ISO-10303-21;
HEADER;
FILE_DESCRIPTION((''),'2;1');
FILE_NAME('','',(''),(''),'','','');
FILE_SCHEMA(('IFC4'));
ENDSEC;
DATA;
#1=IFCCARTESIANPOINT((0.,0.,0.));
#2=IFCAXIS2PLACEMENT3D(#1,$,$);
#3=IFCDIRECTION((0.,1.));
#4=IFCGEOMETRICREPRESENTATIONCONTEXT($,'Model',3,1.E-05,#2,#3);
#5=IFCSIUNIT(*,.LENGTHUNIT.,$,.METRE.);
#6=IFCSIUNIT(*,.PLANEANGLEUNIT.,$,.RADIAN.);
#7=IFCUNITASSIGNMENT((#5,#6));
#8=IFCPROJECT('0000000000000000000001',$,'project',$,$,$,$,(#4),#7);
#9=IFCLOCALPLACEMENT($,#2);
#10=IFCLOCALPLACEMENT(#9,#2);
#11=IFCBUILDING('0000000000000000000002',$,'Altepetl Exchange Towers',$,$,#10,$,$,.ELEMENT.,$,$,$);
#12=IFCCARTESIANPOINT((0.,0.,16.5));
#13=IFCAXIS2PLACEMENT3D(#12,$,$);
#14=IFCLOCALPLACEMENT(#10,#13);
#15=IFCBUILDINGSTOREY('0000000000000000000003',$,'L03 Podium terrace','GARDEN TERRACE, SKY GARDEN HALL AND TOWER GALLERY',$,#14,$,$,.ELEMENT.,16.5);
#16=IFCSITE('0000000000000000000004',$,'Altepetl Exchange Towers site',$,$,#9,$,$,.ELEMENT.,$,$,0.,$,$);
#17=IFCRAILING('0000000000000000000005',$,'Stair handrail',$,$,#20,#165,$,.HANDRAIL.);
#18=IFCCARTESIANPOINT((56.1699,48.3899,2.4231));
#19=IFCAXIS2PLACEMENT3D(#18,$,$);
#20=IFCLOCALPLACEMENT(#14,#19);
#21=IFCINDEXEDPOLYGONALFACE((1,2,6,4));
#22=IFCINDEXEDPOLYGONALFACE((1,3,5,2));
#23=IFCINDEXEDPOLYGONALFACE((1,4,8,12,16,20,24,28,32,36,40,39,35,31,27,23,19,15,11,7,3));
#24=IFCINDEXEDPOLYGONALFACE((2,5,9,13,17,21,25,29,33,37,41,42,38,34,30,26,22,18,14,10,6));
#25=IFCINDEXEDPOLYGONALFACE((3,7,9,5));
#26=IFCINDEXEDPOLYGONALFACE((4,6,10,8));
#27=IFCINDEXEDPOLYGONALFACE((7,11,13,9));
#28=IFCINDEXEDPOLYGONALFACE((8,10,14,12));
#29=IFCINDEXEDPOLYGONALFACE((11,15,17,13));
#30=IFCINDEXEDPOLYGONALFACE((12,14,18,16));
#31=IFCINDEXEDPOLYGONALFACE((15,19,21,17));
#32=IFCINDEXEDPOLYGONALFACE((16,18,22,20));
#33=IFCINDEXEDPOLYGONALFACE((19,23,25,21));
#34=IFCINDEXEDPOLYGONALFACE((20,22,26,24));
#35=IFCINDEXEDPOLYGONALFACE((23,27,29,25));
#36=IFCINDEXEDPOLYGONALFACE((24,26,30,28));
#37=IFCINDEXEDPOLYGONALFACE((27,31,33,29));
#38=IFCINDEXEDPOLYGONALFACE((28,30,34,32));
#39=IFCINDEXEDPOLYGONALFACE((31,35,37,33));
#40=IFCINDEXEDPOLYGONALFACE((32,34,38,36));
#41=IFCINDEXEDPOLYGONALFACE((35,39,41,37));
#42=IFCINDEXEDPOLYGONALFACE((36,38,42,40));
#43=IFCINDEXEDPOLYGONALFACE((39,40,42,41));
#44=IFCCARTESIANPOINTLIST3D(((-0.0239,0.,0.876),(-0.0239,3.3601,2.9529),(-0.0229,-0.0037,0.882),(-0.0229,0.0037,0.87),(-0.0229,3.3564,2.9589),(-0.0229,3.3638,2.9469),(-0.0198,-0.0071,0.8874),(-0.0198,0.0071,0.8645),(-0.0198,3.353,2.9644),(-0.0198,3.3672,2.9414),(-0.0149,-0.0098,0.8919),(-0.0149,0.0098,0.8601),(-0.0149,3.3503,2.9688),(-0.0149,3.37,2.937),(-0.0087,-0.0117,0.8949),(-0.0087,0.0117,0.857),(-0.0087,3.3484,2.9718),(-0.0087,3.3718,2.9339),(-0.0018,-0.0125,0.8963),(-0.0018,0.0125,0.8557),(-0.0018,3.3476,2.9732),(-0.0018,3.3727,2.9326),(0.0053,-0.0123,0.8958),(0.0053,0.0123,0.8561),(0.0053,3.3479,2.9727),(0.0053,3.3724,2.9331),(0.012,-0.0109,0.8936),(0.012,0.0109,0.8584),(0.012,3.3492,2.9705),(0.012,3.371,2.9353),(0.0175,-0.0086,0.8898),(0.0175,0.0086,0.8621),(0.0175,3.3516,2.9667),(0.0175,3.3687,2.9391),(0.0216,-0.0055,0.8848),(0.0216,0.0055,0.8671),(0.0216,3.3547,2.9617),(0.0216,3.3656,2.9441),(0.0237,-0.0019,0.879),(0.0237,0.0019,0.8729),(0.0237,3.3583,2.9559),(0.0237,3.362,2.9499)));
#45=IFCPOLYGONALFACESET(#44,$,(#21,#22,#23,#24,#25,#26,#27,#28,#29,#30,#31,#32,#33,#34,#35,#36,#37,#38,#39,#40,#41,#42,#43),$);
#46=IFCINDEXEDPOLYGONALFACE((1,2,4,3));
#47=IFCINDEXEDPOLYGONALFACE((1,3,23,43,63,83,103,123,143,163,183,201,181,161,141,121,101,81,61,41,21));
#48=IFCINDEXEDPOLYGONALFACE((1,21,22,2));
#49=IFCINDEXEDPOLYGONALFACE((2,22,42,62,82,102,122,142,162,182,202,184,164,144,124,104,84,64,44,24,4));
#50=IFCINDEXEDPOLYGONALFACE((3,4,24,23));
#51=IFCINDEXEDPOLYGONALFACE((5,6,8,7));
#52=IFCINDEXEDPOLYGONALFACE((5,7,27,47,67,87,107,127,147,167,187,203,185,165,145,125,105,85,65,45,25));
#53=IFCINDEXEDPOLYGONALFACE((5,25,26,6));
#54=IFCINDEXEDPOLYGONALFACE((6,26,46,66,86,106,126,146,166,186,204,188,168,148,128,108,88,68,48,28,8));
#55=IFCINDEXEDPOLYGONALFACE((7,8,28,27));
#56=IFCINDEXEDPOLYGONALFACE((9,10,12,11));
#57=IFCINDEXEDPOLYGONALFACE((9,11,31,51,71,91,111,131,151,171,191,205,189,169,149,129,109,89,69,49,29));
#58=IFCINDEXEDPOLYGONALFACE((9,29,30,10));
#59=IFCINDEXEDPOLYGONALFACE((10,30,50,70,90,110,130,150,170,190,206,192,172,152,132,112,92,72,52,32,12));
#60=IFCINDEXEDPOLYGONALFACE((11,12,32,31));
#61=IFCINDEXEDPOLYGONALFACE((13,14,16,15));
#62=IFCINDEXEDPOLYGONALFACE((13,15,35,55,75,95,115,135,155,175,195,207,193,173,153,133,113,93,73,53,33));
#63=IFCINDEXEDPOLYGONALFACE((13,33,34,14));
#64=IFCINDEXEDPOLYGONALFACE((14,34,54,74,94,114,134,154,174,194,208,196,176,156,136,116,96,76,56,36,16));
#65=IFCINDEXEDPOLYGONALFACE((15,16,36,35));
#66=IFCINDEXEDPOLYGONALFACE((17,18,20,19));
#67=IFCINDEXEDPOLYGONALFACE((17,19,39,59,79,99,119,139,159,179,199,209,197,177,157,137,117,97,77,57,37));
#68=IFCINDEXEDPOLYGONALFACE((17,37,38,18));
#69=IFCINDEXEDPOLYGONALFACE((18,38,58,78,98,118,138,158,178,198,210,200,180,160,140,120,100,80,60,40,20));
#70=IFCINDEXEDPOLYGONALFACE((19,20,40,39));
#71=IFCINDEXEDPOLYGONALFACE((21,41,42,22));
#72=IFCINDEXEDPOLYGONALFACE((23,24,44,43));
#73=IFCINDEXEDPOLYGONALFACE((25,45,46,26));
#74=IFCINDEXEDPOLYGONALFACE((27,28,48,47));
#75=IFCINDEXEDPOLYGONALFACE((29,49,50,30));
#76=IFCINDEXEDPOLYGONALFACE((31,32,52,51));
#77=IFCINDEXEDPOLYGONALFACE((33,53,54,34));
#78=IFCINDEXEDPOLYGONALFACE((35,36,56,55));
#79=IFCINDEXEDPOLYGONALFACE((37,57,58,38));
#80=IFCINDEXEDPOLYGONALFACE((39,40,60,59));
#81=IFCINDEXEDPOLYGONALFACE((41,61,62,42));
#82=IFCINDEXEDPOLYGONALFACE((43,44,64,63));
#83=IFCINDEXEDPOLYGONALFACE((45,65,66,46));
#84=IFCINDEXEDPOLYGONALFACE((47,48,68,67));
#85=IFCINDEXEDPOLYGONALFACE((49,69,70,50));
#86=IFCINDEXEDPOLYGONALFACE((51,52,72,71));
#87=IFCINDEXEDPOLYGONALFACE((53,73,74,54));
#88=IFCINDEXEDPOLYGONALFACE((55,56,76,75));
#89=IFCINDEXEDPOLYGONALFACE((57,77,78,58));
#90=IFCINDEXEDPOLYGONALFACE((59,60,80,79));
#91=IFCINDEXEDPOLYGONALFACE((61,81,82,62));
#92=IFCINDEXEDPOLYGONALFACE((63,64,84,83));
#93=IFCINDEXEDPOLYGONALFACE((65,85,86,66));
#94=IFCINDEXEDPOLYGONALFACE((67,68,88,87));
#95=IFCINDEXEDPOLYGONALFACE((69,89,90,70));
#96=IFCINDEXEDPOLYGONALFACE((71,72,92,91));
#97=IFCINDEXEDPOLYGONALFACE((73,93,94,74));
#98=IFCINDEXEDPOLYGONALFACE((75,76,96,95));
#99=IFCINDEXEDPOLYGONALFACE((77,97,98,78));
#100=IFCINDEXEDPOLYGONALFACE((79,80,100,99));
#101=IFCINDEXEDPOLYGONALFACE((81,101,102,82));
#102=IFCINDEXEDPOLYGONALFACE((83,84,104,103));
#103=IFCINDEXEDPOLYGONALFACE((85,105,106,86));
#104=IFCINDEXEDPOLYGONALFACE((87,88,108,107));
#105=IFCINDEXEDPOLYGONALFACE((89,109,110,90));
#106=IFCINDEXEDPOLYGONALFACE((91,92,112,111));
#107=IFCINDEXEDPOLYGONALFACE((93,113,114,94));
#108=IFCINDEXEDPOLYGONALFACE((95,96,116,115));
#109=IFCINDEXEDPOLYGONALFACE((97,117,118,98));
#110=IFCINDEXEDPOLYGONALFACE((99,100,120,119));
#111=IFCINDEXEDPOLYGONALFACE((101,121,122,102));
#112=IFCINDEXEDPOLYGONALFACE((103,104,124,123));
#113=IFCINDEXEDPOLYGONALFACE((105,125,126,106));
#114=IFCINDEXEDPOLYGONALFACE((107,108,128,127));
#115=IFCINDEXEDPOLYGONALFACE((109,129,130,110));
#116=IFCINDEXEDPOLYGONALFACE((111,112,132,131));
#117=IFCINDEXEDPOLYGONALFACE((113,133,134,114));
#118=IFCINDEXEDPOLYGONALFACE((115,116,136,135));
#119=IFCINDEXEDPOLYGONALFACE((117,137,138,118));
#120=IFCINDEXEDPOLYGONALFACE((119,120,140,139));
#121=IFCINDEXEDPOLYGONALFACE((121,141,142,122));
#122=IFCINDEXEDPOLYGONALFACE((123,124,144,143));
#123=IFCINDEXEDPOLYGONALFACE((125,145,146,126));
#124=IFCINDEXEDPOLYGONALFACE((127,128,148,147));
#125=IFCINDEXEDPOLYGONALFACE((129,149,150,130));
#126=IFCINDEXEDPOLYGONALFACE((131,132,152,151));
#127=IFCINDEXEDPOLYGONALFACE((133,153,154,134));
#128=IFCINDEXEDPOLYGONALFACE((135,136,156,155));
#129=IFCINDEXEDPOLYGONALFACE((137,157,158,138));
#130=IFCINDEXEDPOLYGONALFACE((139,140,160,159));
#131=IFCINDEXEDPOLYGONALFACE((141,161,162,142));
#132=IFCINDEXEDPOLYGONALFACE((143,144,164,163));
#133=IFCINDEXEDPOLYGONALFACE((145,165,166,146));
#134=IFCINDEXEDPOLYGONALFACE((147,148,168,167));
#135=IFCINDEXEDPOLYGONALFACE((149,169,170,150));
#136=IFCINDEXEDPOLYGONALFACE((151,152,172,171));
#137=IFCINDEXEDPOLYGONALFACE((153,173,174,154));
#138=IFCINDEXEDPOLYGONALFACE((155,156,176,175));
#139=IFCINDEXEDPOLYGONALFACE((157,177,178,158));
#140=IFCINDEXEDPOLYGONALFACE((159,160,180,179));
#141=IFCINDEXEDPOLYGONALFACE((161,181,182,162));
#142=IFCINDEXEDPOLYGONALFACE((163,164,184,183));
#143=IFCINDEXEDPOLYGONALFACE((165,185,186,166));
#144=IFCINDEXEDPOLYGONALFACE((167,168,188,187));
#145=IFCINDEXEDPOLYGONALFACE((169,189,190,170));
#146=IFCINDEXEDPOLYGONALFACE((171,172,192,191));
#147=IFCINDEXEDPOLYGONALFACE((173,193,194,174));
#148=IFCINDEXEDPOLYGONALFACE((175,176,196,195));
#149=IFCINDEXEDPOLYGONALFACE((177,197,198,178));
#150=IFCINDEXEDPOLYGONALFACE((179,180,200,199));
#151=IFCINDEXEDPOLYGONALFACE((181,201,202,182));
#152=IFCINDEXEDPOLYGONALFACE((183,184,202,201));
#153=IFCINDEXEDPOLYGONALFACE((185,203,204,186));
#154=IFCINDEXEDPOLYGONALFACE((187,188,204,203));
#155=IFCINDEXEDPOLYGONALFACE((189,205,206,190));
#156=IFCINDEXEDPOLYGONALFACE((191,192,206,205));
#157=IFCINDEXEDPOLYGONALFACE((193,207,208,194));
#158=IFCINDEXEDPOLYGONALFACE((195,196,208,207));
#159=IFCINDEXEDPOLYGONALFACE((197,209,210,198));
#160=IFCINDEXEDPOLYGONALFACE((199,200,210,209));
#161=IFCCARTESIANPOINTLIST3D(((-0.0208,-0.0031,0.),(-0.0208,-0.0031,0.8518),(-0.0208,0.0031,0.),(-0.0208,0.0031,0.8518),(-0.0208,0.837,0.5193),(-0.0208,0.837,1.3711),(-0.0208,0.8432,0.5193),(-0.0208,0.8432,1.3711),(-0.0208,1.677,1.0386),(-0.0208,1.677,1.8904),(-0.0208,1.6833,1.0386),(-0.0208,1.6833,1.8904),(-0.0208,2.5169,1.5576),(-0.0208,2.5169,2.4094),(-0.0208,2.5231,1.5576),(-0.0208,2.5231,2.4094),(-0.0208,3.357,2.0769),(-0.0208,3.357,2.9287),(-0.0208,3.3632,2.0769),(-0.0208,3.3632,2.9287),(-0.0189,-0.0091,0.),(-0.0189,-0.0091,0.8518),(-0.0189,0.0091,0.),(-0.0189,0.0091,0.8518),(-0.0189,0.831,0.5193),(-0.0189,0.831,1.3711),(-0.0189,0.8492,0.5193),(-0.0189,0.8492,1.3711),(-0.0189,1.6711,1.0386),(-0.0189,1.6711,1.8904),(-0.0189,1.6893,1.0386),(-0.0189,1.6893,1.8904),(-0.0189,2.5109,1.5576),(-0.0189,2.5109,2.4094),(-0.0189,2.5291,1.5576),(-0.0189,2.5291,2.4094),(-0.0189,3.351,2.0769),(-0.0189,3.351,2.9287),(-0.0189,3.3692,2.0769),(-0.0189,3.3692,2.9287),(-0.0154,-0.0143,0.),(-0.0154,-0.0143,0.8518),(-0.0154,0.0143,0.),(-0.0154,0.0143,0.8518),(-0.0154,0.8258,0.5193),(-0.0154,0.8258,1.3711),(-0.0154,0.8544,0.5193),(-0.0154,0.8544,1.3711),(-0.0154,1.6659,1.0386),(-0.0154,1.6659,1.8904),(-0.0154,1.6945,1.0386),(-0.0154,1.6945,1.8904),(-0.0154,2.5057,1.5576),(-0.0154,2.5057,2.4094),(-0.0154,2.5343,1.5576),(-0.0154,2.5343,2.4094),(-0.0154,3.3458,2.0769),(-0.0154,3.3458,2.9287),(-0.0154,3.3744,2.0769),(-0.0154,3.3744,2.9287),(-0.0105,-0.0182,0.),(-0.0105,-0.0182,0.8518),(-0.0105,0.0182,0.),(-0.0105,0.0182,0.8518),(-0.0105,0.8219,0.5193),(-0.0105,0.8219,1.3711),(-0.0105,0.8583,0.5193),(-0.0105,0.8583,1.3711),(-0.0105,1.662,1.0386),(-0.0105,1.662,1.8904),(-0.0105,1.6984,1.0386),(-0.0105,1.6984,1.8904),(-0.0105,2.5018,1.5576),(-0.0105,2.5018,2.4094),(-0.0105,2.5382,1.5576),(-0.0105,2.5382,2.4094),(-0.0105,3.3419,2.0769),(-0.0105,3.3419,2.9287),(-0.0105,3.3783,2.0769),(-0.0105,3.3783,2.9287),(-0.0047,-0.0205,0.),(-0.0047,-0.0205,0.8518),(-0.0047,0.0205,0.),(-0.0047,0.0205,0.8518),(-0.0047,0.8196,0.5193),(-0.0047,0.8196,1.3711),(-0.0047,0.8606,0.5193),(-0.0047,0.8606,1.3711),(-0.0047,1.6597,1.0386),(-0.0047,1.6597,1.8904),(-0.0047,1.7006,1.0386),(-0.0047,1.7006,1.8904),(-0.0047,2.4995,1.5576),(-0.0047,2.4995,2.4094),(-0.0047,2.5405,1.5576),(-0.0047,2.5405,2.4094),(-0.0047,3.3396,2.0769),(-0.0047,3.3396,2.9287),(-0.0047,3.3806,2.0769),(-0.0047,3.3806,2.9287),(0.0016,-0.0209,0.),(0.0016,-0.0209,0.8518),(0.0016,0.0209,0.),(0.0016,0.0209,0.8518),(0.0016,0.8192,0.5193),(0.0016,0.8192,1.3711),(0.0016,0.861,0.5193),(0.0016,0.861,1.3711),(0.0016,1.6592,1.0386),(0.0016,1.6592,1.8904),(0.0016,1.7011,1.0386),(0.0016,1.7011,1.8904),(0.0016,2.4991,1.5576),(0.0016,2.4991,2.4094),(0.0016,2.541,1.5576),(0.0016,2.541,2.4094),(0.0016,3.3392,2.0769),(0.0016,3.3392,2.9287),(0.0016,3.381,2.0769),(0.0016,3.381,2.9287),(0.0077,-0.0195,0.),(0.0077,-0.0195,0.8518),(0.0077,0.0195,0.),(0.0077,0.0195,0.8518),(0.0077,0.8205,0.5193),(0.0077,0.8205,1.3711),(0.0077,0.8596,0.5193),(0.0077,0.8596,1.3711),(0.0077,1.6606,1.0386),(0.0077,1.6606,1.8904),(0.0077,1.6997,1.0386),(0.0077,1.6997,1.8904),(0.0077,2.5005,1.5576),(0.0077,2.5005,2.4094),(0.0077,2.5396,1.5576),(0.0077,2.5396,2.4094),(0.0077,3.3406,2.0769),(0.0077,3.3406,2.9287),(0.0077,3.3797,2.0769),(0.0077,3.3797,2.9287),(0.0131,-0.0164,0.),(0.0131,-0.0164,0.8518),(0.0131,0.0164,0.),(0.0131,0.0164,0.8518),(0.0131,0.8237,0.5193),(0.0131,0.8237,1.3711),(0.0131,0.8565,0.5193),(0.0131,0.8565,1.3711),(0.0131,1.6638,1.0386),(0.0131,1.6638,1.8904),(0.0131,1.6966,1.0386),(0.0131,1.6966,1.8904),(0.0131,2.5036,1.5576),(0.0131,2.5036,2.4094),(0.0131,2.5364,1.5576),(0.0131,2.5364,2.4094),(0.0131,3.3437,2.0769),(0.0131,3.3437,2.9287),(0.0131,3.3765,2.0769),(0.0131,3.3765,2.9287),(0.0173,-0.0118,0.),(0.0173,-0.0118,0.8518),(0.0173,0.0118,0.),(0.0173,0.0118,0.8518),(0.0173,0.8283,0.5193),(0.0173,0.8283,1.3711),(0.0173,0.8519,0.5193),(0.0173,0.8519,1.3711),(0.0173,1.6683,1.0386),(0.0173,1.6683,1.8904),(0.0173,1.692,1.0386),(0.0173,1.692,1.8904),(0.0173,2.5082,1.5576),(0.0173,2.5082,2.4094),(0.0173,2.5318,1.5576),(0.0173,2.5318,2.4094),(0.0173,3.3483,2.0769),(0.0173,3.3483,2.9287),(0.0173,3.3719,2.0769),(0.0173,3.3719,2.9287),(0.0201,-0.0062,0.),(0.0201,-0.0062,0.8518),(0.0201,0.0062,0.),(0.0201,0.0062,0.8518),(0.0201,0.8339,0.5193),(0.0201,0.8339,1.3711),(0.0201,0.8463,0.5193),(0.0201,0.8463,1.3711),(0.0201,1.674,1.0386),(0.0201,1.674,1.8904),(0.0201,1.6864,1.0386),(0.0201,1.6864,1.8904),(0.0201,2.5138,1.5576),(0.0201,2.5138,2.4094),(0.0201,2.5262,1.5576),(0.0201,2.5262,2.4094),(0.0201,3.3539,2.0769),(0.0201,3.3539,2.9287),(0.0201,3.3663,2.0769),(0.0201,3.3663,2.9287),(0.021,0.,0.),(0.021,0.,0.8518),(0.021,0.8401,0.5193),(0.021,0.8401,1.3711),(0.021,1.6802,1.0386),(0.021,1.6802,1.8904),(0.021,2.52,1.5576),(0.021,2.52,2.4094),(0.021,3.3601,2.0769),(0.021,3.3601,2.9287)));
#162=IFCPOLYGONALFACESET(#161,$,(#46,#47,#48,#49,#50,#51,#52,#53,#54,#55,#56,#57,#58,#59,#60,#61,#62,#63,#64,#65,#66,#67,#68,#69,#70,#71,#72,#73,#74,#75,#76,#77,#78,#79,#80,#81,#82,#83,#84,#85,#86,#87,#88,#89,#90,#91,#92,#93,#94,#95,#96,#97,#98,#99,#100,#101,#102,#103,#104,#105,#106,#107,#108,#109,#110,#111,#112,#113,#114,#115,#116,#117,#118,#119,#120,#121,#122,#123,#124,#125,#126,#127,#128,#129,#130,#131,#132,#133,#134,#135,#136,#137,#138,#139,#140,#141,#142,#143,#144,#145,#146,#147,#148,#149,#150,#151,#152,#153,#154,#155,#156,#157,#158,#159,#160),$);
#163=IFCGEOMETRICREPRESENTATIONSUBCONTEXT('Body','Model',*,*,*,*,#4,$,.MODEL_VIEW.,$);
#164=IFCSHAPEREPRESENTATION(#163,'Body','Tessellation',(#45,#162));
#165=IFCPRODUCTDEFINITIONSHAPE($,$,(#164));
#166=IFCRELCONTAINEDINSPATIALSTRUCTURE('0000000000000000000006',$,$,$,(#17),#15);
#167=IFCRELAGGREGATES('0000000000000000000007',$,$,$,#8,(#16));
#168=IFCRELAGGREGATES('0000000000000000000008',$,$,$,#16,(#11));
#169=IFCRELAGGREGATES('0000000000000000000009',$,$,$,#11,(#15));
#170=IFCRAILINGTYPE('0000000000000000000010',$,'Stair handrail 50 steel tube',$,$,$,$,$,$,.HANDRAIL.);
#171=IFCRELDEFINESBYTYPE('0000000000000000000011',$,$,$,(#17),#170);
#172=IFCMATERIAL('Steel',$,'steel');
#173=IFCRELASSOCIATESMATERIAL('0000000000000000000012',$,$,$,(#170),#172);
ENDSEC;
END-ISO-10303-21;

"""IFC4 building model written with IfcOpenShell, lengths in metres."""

from ifc_helpers import new_model, si_unit, direction, frame, origin, origin_2d, place, context, subcontext, project, spatial, circle, extrude, source, transform, mapped, material, type_object, element, save


model = new_model("IFC4")

# Units and contexts
model_context = context("Model", 3, precision=1e-05, world=origin(), true_north=direction((0.0, 1.0)))
body_context = subcontext(model_context, "Body", "Model", "MODEL_VIEW")
ifc_project = project(units=[si_unit("LENGTHUNIT", "METRE"), si_unit("PLANEANGLEUNIT", "RADIAN")], contexts=[model_context])

# Site, building, storey
site_placement = place(None, origin())
site = spatial("IfcSite", under=ifc_project, at=site_placement, Name="Altepetl Exchange Towers site", CompositionType="ELEMENT", RefElevation=0.0)
building_placement = place(site_placement, origin())
building = spatial("IfcBuilding", under=site, at=building_placement, Name="Altepetl Exchange Towers", CompositionType="ELEMENT")
storey_placement = place(building_placement, frame((0.0, 0.0, 16.5)))
storey = spatial("IfcBuildingStorey", under=building, at=storey_placement, Name="L03 Podium terrace", Description="GARDEN TERRACE, SKY GARDEN HALL AND TOWER GALLERY", CompositionType="ELEMENT", Elevation=16.5)

# Railing
ifc_material_1 = material(Name="Steel", Category="steel")
railing_type = type_object("IfcRailingType", Name="Stair handrail 50 steel tube", PredefinedType="HANDRAIL", material=ifc_material_1)
shared_shape = source(origin(), body_context, "Body", "SweptSolid", [
    extrude(circle(Radius=0.021, at=origin_2d()), origin(), (0.0, 0.0, 1.0), 0.8518),
])
railing_1_placement = place(storey_placement, frame((56.1699, 48.3899, 2.4231)))
element("IfcRailing", 1, at=railing_1_placement, inside=storey, type_object=railing_type, Name="Stair handrail", PredefinedType="HANDRAIL", context=body_context, shape_type="SweptSolid", body=[
    extrude(circle(Radius=0.0239, at=origin_2d()), frame((0.0, 0.0, 0.876), z_axis=(0.0, 0.850623, 0.525776), x_axis=(-1.0, 0.0, 0.0)), (0.0, 0.0, 1.0), 3.9502),
    mapped(shared_shape, transform((0.0, 0.0, 0.0))),
    mapped(shared_shape, transform((0.0, 0.8401, 0.5193))),
    mapped(shared_shape, transform((0.0, 1.6802, 1.0386))),
    mapped(shared_shape, transform((0.0, 2.52, 1.5576))),
    mapped(shared_shape, transform((0.0, 3.3601, 2.0769))),
])

save(model, "model.ifc")
